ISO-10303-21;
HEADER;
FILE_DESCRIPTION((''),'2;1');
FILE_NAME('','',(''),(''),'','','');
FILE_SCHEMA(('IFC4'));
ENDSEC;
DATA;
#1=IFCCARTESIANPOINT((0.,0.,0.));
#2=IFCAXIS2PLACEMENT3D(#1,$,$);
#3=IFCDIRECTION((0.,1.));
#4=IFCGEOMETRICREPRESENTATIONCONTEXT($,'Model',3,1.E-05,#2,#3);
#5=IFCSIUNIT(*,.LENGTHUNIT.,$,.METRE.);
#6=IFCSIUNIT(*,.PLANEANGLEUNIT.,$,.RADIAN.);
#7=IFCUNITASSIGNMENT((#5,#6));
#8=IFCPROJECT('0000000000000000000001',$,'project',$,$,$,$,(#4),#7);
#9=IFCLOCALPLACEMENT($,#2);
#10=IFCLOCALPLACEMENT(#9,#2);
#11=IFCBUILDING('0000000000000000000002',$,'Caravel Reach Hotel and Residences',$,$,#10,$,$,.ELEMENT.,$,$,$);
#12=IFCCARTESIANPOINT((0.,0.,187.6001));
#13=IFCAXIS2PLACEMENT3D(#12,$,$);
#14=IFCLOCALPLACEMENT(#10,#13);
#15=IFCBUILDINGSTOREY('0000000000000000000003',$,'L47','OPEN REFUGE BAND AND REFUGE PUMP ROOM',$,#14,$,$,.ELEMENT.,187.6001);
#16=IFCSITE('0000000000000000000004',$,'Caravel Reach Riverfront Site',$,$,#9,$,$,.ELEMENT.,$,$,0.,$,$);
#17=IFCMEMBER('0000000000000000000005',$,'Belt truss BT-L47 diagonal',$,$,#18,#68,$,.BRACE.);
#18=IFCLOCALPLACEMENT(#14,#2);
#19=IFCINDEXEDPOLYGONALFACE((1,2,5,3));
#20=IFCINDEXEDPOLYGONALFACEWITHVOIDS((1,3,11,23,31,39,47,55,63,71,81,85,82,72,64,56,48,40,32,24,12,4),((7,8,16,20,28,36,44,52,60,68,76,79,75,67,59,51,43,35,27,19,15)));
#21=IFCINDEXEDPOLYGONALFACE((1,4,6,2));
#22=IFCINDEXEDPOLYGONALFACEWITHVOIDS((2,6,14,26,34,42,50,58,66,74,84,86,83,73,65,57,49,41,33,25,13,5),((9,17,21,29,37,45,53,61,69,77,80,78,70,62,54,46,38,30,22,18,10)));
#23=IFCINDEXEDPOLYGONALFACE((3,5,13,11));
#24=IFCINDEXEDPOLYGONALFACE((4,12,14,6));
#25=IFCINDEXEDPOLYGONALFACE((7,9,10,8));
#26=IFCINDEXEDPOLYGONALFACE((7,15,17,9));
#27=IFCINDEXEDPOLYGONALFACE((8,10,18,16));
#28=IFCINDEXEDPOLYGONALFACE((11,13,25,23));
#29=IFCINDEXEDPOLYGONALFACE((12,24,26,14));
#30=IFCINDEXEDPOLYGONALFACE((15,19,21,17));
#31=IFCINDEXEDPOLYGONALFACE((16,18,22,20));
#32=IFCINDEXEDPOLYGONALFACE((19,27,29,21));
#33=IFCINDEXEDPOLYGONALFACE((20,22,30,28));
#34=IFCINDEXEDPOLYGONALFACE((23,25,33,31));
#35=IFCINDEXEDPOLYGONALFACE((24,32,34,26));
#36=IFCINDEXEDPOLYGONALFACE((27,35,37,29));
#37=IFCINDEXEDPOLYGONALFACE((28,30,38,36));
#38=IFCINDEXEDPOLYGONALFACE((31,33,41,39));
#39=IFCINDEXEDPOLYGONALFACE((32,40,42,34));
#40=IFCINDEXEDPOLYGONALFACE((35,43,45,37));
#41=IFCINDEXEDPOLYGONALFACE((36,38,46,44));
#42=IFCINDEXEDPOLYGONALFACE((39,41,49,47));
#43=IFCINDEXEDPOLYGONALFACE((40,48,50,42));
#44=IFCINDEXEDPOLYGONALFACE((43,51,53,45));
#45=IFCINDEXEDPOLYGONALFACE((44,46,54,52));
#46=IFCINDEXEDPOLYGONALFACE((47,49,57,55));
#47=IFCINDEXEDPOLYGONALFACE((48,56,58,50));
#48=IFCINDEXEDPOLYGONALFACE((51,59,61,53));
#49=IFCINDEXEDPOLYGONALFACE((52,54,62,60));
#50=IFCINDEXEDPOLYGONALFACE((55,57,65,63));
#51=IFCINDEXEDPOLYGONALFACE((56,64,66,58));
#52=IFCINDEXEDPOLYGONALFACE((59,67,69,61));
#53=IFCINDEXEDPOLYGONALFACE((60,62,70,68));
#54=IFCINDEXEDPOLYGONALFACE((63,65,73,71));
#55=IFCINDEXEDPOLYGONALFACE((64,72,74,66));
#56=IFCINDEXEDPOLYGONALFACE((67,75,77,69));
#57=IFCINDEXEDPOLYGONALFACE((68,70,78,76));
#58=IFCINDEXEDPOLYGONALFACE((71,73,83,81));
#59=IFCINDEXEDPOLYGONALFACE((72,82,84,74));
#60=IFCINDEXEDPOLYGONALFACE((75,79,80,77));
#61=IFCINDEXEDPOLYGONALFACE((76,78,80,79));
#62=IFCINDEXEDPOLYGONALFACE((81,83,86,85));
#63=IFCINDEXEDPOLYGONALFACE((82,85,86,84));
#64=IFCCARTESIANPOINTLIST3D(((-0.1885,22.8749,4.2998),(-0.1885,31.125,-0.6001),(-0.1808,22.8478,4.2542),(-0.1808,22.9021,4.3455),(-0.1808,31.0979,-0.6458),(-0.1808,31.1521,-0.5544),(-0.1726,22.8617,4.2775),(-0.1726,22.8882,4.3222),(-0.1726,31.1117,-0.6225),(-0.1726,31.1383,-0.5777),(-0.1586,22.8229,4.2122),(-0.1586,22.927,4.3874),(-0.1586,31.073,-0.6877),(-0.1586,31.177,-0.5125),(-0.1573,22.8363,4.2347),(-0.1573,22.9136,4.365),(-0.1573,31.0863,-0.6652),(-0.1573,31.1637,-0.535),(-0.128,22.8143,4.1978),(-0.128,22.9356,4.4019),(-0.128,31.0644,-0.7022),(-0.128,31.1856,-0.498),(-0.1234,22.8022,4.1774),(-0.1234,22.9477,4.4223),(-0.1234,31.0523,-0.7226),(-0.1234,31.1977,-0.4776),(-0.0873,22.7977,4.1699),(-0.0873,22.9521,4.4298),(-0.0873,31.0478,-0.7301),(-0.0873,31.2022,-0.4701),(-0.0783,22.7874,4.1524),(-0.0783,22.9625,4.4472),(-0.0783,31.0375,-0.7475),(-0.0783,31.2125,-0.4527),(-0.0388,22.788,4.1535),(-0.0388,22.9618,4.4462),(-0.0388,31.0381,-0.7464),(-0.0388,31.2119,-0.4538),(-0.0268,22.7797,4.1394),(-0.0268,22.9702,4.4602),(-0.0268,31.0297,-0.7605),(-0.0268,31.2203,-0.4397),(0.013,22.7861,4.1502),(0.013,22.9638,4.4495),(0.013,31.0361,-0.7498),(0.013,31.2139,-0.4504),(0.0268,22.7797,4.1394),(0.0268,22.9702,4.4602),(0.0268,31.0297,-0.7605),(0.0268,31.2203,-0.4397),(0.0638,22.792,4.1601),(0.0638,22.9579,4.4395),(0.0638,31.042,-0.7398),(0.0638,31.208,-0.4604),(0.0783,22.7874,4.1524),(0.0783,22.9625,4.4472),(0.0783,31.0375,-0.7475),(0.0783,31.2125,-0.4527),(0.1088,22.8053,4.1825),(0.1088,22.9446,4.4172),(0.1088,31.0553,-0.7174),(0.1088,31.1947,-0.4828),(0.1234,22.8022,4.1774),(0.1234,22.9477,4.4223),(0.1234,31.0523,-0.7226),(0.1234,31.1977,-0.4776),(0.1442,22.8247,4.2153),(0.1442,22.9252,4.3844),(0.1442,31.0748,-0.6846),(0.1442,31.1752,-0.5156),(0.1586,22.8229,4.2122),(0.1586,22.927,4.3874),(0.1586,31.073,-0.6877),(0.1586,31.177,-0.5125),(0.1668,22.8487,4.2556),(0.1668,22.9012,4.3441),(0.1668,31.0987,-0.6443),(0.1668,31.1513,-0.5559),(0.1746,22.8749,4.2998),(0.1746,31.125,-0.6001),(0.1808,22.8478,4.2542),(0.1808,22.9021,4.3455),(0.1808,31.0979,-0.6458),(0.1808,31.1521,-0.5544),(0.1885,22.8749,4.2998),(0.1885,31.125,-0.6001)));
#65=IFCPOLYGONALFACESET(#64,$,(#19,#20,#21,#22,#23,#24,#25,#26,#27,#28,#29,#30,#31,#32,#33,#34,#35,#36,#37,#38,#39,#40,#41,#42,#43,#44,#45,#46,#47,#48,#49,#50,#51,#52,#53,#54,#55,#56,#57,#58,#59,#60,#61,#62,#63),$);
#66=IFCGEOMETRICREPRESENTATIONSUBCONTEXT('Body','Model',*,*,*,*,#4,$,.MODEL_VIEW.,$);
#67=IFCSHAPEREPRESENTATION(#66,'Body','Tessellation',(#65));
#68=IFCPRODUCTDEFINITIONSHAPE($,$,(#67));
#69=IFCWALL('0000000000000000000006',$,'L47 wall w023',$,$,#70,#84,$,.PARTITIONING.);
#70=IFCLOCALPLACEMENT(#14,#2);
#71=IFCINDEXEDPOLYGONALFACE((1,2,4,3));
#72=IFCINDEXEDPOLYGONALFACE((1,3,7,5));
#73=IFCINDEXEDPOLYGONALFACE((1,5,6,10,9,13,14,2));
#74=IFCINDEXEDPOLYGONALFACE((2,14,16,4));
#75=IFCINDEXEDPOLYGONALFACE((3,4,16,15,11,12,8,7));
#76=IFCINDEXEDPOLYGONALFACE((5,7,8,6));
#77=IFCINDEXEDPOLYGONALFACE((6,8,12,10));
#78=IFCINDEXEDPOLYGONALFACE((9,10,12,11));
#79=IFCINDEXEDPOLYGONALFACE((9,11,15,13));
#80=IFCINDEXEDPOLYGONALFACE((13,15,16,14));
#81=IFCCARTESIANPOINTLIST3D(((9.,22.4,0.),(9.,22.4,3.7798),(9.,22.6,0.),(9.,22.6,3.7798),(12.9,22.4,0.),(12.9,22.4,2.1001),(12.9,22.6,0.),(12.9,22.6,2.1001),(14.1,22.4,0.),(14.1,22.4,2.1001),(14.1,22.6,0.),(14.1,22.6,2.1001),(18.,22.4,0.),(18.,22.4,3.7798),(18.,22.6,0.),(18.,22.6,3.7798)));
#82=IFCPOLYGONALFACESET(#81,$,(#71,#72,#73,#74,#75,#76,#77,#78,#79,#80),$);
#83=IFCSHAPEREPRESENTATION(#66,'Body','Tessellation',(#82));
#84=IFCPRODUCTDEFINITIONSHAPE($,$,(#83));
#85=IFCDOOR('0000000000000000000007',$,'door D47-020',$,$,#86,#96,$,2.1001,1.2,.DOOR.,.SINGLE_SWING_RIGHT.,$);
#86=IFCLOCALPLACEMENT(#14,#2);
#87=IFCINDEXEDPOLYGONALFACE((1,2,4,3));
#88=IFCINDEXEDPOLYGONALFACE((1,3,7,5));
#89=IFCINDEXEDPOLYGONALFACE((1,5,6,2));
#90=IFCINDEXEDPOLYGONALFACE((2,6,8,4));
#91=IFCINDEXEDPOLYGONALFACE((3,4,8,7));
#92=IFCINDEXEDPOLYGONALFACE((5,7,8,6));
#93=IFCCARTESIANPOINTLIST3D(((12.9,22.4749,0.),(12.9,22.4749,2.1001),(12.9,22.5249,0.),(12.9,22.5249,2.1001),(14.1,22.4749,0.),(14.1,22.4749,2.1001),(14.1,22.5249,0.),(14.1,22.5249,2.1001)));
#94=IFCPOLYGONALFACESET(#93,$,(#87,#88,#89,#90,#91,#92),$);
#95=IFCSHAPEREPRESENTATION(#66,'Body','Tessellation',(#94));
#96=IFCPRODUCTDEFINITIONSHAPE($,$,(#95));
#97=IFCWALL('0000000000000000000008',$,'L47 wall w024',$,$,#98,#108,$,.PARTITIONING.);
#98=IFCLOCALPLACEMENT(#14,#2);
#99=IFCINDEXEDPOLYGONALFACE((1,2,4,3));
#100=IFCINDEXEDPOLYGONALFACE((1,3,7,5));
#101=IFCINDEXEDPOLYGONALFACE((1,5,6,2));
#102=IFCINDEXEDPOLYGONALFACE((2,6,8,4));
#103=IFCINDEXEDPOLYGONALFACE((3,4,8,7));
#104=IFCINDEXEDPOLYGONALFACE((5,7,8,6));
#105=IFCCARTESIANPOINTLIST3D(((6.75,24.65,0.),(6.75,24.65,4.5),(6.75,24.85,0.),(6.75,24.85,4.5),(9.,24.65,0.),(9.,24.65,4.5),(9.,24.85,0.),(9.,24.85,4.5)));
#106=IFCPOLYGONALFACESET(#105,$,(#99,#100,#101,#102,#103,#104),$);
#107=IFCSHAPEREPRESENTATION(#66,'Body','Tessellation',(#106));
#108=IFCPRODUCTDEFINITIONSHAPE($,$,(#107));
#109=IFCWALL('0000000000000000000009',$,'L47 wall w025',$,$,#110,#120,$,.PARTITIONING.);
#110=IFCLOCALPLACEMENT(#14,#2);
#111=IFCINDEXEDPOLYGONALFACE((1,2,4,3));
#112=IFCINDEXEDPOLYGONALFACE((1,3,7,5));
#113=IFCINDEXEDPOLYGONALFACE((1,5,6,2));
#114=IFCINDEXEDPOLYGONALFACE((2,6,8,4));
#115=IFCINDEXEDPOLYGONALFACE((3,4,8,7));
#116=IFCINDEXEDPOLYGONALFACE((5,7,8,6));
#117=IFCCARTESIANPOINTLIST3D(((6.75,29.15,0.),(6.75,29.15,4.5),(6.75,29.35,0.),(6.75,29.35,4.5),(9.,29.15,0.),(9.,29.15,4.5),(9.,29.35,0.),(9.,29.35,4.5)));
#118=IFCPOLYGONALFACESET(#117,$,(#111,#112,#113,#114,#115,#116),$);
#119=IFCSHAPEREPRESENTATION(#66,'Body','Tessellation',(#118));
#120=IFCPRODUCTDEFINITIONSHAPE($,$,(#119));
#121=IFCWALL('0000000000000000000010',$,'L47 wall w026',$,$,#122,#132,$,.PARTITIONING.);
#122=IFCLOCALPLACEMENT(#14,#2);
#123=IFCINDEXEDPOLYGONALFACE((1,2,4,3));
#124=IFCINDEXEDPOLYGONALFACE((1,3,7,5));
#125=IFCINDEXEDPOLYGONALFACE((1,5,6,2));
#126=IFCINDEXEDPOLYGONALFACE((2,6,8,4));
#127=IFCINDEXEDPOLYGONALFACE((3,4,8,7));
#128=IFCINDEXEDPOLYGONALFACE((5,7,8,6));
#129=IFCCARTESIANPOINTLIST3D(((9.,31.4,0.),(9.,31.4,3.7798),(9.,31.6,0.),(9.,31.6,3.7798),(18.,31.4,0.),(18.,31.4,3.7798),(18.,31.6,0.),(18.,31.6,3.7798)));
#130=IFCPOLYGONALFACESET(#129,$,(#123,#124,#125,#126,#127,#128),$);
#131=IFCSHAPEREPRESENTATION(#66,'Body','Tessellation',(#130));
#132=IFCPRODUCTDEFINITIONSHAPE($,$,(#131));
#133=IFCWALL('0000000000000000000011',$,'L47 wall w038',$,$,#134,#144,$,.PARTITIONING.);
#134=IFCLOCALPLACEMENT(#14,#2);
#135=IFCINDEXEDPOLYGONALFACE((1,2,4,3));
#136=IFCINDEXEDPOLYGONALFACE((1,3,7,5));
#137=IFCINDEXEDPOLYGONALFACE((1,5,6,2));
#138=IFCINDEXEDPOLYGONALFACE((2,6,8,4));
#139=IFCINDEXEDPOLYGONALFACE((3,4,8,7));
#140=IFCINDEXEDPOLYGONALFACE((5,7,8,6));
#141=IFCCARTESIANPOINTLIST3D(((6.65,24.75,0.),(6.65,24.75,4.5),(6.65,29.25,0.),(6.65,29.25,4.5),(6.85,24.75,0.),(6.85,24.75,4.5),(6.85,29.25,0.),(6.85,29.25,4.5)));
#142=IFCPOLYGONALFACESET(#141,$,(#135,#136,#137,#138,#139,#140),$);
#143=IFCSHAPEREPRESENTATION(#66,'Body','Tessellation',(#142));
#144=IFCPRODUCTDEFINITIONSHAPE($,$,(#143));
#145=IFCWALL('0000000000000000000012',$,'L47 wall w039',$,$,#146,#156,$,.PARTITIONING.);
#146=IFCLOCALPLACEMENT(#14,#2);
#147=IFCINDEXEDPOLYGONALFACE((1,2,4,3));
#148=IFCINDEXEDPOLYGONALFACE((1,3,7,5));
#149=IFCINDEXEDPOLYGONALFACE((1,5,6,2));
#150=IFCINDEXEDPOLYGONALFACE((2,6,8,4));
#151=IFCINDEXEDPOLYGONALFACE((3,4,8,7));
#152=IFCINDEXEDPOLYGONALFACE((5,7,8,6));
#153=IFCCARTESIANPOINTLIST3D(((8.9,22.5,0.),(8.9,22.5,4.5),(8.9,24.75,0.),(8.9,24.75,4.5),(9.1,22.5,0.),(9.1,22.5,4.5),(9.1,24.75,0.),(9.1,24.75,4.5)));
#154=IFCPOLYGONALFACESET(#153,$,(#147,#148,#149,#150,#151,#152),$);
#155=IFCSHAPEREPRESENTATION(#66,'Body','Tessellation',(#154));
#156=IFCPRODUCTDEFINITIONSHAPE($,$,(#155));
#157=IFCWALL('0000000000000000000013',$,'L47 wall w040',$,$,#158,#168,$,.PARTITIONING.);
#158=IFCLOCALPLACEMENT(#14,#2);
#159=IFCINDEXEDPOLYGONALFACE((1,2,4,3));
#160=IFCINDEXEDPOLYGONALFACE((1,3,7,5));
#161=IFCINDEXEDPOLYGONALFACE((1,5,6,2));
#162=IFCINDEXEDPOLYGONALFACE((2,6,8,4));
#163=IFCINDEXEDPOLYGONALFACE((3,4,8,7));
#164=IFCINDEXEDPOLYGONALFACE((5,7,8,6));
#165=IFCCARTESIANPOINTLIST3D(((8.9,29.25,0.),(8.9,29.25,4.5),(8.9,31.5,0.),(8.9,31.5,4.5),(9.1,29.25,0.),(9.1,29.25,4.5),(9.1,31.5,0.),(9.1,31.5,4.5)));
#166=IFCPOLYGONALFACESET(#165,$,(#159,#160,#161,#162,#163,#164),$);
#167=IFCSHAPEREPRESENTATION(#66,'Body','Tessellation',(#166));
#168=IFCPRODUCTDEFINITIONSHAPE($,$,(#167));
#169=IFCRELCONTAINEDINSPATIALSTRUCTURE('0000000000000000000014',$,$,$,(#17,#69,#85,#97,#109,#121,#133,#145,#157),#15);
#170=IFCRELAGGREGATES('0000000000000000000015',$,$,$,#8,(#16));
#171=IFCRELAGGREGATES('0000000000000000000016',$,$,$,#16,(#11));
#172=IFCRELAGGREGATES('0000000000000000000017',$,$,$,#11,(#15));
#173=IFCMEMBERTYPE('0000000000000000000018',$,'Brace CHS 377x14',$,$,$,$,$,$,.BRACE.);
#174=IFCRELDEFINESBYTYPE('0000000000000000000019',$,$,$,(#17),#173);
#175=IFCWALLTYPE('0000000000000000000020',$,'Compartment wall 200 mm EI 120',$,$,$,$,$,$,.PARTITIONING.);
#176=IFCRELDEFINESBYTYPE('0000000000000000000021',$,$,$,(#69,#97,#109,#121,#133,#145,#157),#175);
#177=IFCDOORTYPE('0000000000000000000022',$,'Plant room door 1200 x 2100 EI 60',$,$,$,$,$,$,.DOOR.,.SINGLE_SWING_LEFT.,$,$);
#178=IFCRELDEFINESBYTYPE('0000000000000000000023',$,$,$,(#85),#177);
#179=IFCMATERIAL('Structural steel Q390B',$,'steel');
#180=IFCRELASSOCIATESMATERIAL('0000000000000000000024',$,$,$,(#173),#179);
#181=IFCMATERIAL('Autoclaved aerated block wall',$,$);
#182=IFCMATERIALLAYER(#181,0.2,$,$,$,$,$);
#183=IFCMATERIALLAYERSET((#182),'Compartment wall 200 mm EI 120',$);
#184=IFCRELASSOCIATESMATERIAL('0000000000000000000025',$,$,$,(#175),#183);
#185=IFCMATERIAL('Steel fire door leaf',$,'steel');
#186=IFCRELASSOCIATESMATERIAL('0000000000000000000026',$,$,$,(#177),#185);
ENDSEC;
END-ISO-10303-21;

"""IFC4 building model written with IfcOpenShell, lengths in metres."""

from ifc_helpers import new_model, si_unit, direction, frame, frame_2d, origin, origin_2d, place, context, subcontext, project, spatial, rectangle, hollow_circle, extrude, material, layer, layer_set, material_profile, profile_set, type_object, element, fill, save


model = new_model("IFC4")

# Units and contexts
model_context = context("Model", 3, precision=1e-05, world=origin(), true_north=direction((0.0, 1.0)))
body_context = subcontext(model_context, "Body", "Model", "MODEL_VIEW")
ifc_project = project(units=[si_unit("LENGTHUNIT", "METRE"), si_unit("PLANEANGLEUNIT", "RADIAN")], contexts=[model_context])

# Site, building, storey
site_placement = place(None, origin())
site = spatial("IfcSite", under=ifc_project, at=site_placement, Name="Caravel Reach Riverfront Site", CompositionType="ELEMENT", RefElevation=0.0)
building_placement = place(site_placement, origin())
building = spatial("IfcBuilding", under=site, at=building_placement, Name="Caravel Reach Hotel and Residences", CompositionType="ELEMENT")
storey_placement = place(building_placement, frame((0.0, 0.0, 187.6001)))
storey = spatial("IfcBuildingStorey", under=building, at=storey_placement, Name="L47", Description="OPEN REFUGE BAND AND REFUGE PUMP ROOM", CompositionType="ELEMENT", Elevation=187.6001)

# Member
ifc_material_1 = material(Name="Structural steel Q390B", Category="steel")
ifc_material_profile_1 = material_profile(ifc_material_1, hollow_circle(Radius=0.1885, WallThickness=0.0139, at=origin_2d()), Name="CHS 377x14")
ifc_profile_set_1 = profile_set([ifc_material_profile_1], Name="Structural steel Q390B")
member_type = type_object("IfcMemberType", Name="Brace CHS 377x14", PredefinedType="BRACE", material=ifc_profile_set_1)
for number, where, z_axis, x_axis, name in (
    (1, (0.0, 31.125, -0.6001), (0.0, -0.859788, 0.510652), (1.0, 0.0, 0.0), "Belt truss BT-L47 diagonal"),
):
    element("IfcMember", number, at=place(storey_placement, frame(where, z_axis=z_axis, x_axis=x_axis)), inside=storey, type_object=member_type, Name=name, PredefinedType="BRACE", context=body_context, shape_type="SweptSolid", body=[
        extrude(hollow_circle(Radius=0.1885, WallThickness=0.0139, at=origin_2d()), origin(), (0.0, 0.0, 1.0), 9.5955),
    ])

# Wall, opening, door
ifc_material_2 = material(Name="Autoclaved aerated block wall")
ifc_layer = layer(ifc_material_2, 0.2)
ifc_layer_set = layer_set([ifc_layer], Name="Compartment wall 200 mm EI 120")
wall_type = type_object("IfcWallType", Name="Compartment wall 200 mm EI 120", PredefinedType="PARTITIONING", material=ifc_layer_set)
wall_1_placement = place(storey_placement, frame((9.0, 22.5, 0.0), z_axis=(0.0, 0.0, 1.0), x_axis=(1.0, 0.0, 0.0)))
wall_1 = element("IfcWall", 2, at=wall_1_placement, inside=storey, type_object=wall_type, Name="L47 wall w023", PredefinedType="PARTITIONING", context=body_context, shape_type="SweptSolid", body=[
    extrude(rectangle(XDim=9.0, YDim=0.2, at=frame_2d((4.5, 0.0))), origin(), (0.0, 0.0, 1.0), 3.7798),
])
opening_placement = place(wall_1_placement, frame((3.8999, 0.0, 0.0)))
opening = element("IfcOpeningElement", 3, at=opening_placement, cuts=wall_1, PredefinedType="OPENING", context=body_context, shape_type="SweptSolid", body=[
    extrude(rectangle(XDim=1.2, YDim=2.1001, at=frame_2d((0.6001, 1.05))), frame((0.0, 0.1099, 0.0), z_axis=(0.0, -1.0, 0.0), x_axis=(1.0, 0.0, 0.0)), (0.0, 0.0, 1.0), 0.22),
])
ifc_material_3 = material(Name="Steel fire door leaf", Category="steel")
door_type = type_object("IfcDoorType", Name="Plant room door 1200 x 2100 EI 60", OperationType="SINGLE_SWING_LEFT", PredefinedType="DOOR", material=ifc_material_3)
door_placement = place(opening_placement, origin())
door = element("IfcDoor", 4, at=door_placement, inside=storey, type_object=door_type, Name="door D47-020", OperationType="SINGLE_SWING_RIGHT", OverallHeight=2.1001, OverallWidth=1.2, PredefinedType="DOOR", context=body_context, shape_type="SweptSolid", body=[
    extrude(rectangle(XDim=1.2, YDim=2.1001, at=frame_2d((0.6001, 1.05))), frame((0.0, 0.0249, 0.0), z_axis=(0.0, -1.0, 0.0), x_axis=(1.0, 0.0, 0.0)), (0.0, 0.0, 1.0), 0.05),
])
fill(opening, door)

# Walls
for number, where, z_axis, x_axis, name in (
    (5, (6.75, 24.75, 0.0), (0.0, 0.0, 1.0), (1.0, 0.0, 0.0), "L47 wall w024"),
    (6, (6.75, 29.25, 0.0), (0.0, 0.0, 1.0), (1.0, 0.0, 0.0), "L47 wall w025"),
):
    element("IfcWall", number, at=place(storey_placement, frame(where, z_axis=z_axis, x_axis=x_axis)), inside=storey, type_object=wall_type, Name=name, PredefinedType="PARTITIONING", context=body_context, shape_type="SweptSolid", body=[
        extrude(rectangle(XDim=2.25, YDim=0.2, at=frame_2d((1.125, 0.0))), origin(), (0.0, 0.0, 1.0), 4.5),
    ])
wall_2_placement = place(storey_placement, frame((9.0, 31.5, 0.0), z_axis=(0.0, 0.0, 1.0), x_axis=(1.0, 0.0, 0.0)))
element("IfcWall", 7, at=wall_2_placement, inside=storey, type_object=wall_type, Name="L47 wall w026", PredefinedType="PARTITIONING", context=body_context, shape_type="SweptSolid", body=[
    extrude(rectangle(XDim=9.0, YDim=0.2, at=frame_2d((4.5, 0.0))), origin(), (0.0, 0.0, 1.0), 3.7798),
])
wall_3_placement = place(storey_placement, frame((6.75, 24.75, 0.0), z_axis=(0.0, 0.0, 1.0), x_axis=(0.0, 1.0, 0.0)))
element("IfcWall", 8, at=wall_3_placement, inside=storey, type_object=wall_type, Name="L47 wall w038", PredefinedType="PARTITIONING", context=body_context, shape_type="SweptSolid", body=[
    extrude(rectangle(XDim=4.5, YDim=0.2, at=frame_2d((2.25, 0.0))), origin(), (0.0, 0.0, 1.0), 4.5),
])
for number, where, z_axis, x_axis, name in (
    (9, (9.0, 22.5, 0.0), (0.0, 0.0, 1.0), (0.0, 1.0, 0.0), "L47 wall w039"),
    (10, (9.0, 29.25, 0.0), (0.0, 0.0, 1.0), (0.0, 1.0, 0.0), "L47 wall w040"),
):
    element("IfcWall", number, at=place(storey_placement, frame(where, z_axis=z_axis, x_axis=x_axis)), inside=storey, type_object=wall_type, Name=name, PredefinedType="PARTITIONING", context=body_context, shape_type="SweptSolid", body=[
        extrude(rectangle(XDim=2.25, YDim=0.2, at=frame_2d((1.125, 0.0))), origin(), (0.0, 0.0, 1.0), 4.5),
    ])

save(model, "model.ifc")
